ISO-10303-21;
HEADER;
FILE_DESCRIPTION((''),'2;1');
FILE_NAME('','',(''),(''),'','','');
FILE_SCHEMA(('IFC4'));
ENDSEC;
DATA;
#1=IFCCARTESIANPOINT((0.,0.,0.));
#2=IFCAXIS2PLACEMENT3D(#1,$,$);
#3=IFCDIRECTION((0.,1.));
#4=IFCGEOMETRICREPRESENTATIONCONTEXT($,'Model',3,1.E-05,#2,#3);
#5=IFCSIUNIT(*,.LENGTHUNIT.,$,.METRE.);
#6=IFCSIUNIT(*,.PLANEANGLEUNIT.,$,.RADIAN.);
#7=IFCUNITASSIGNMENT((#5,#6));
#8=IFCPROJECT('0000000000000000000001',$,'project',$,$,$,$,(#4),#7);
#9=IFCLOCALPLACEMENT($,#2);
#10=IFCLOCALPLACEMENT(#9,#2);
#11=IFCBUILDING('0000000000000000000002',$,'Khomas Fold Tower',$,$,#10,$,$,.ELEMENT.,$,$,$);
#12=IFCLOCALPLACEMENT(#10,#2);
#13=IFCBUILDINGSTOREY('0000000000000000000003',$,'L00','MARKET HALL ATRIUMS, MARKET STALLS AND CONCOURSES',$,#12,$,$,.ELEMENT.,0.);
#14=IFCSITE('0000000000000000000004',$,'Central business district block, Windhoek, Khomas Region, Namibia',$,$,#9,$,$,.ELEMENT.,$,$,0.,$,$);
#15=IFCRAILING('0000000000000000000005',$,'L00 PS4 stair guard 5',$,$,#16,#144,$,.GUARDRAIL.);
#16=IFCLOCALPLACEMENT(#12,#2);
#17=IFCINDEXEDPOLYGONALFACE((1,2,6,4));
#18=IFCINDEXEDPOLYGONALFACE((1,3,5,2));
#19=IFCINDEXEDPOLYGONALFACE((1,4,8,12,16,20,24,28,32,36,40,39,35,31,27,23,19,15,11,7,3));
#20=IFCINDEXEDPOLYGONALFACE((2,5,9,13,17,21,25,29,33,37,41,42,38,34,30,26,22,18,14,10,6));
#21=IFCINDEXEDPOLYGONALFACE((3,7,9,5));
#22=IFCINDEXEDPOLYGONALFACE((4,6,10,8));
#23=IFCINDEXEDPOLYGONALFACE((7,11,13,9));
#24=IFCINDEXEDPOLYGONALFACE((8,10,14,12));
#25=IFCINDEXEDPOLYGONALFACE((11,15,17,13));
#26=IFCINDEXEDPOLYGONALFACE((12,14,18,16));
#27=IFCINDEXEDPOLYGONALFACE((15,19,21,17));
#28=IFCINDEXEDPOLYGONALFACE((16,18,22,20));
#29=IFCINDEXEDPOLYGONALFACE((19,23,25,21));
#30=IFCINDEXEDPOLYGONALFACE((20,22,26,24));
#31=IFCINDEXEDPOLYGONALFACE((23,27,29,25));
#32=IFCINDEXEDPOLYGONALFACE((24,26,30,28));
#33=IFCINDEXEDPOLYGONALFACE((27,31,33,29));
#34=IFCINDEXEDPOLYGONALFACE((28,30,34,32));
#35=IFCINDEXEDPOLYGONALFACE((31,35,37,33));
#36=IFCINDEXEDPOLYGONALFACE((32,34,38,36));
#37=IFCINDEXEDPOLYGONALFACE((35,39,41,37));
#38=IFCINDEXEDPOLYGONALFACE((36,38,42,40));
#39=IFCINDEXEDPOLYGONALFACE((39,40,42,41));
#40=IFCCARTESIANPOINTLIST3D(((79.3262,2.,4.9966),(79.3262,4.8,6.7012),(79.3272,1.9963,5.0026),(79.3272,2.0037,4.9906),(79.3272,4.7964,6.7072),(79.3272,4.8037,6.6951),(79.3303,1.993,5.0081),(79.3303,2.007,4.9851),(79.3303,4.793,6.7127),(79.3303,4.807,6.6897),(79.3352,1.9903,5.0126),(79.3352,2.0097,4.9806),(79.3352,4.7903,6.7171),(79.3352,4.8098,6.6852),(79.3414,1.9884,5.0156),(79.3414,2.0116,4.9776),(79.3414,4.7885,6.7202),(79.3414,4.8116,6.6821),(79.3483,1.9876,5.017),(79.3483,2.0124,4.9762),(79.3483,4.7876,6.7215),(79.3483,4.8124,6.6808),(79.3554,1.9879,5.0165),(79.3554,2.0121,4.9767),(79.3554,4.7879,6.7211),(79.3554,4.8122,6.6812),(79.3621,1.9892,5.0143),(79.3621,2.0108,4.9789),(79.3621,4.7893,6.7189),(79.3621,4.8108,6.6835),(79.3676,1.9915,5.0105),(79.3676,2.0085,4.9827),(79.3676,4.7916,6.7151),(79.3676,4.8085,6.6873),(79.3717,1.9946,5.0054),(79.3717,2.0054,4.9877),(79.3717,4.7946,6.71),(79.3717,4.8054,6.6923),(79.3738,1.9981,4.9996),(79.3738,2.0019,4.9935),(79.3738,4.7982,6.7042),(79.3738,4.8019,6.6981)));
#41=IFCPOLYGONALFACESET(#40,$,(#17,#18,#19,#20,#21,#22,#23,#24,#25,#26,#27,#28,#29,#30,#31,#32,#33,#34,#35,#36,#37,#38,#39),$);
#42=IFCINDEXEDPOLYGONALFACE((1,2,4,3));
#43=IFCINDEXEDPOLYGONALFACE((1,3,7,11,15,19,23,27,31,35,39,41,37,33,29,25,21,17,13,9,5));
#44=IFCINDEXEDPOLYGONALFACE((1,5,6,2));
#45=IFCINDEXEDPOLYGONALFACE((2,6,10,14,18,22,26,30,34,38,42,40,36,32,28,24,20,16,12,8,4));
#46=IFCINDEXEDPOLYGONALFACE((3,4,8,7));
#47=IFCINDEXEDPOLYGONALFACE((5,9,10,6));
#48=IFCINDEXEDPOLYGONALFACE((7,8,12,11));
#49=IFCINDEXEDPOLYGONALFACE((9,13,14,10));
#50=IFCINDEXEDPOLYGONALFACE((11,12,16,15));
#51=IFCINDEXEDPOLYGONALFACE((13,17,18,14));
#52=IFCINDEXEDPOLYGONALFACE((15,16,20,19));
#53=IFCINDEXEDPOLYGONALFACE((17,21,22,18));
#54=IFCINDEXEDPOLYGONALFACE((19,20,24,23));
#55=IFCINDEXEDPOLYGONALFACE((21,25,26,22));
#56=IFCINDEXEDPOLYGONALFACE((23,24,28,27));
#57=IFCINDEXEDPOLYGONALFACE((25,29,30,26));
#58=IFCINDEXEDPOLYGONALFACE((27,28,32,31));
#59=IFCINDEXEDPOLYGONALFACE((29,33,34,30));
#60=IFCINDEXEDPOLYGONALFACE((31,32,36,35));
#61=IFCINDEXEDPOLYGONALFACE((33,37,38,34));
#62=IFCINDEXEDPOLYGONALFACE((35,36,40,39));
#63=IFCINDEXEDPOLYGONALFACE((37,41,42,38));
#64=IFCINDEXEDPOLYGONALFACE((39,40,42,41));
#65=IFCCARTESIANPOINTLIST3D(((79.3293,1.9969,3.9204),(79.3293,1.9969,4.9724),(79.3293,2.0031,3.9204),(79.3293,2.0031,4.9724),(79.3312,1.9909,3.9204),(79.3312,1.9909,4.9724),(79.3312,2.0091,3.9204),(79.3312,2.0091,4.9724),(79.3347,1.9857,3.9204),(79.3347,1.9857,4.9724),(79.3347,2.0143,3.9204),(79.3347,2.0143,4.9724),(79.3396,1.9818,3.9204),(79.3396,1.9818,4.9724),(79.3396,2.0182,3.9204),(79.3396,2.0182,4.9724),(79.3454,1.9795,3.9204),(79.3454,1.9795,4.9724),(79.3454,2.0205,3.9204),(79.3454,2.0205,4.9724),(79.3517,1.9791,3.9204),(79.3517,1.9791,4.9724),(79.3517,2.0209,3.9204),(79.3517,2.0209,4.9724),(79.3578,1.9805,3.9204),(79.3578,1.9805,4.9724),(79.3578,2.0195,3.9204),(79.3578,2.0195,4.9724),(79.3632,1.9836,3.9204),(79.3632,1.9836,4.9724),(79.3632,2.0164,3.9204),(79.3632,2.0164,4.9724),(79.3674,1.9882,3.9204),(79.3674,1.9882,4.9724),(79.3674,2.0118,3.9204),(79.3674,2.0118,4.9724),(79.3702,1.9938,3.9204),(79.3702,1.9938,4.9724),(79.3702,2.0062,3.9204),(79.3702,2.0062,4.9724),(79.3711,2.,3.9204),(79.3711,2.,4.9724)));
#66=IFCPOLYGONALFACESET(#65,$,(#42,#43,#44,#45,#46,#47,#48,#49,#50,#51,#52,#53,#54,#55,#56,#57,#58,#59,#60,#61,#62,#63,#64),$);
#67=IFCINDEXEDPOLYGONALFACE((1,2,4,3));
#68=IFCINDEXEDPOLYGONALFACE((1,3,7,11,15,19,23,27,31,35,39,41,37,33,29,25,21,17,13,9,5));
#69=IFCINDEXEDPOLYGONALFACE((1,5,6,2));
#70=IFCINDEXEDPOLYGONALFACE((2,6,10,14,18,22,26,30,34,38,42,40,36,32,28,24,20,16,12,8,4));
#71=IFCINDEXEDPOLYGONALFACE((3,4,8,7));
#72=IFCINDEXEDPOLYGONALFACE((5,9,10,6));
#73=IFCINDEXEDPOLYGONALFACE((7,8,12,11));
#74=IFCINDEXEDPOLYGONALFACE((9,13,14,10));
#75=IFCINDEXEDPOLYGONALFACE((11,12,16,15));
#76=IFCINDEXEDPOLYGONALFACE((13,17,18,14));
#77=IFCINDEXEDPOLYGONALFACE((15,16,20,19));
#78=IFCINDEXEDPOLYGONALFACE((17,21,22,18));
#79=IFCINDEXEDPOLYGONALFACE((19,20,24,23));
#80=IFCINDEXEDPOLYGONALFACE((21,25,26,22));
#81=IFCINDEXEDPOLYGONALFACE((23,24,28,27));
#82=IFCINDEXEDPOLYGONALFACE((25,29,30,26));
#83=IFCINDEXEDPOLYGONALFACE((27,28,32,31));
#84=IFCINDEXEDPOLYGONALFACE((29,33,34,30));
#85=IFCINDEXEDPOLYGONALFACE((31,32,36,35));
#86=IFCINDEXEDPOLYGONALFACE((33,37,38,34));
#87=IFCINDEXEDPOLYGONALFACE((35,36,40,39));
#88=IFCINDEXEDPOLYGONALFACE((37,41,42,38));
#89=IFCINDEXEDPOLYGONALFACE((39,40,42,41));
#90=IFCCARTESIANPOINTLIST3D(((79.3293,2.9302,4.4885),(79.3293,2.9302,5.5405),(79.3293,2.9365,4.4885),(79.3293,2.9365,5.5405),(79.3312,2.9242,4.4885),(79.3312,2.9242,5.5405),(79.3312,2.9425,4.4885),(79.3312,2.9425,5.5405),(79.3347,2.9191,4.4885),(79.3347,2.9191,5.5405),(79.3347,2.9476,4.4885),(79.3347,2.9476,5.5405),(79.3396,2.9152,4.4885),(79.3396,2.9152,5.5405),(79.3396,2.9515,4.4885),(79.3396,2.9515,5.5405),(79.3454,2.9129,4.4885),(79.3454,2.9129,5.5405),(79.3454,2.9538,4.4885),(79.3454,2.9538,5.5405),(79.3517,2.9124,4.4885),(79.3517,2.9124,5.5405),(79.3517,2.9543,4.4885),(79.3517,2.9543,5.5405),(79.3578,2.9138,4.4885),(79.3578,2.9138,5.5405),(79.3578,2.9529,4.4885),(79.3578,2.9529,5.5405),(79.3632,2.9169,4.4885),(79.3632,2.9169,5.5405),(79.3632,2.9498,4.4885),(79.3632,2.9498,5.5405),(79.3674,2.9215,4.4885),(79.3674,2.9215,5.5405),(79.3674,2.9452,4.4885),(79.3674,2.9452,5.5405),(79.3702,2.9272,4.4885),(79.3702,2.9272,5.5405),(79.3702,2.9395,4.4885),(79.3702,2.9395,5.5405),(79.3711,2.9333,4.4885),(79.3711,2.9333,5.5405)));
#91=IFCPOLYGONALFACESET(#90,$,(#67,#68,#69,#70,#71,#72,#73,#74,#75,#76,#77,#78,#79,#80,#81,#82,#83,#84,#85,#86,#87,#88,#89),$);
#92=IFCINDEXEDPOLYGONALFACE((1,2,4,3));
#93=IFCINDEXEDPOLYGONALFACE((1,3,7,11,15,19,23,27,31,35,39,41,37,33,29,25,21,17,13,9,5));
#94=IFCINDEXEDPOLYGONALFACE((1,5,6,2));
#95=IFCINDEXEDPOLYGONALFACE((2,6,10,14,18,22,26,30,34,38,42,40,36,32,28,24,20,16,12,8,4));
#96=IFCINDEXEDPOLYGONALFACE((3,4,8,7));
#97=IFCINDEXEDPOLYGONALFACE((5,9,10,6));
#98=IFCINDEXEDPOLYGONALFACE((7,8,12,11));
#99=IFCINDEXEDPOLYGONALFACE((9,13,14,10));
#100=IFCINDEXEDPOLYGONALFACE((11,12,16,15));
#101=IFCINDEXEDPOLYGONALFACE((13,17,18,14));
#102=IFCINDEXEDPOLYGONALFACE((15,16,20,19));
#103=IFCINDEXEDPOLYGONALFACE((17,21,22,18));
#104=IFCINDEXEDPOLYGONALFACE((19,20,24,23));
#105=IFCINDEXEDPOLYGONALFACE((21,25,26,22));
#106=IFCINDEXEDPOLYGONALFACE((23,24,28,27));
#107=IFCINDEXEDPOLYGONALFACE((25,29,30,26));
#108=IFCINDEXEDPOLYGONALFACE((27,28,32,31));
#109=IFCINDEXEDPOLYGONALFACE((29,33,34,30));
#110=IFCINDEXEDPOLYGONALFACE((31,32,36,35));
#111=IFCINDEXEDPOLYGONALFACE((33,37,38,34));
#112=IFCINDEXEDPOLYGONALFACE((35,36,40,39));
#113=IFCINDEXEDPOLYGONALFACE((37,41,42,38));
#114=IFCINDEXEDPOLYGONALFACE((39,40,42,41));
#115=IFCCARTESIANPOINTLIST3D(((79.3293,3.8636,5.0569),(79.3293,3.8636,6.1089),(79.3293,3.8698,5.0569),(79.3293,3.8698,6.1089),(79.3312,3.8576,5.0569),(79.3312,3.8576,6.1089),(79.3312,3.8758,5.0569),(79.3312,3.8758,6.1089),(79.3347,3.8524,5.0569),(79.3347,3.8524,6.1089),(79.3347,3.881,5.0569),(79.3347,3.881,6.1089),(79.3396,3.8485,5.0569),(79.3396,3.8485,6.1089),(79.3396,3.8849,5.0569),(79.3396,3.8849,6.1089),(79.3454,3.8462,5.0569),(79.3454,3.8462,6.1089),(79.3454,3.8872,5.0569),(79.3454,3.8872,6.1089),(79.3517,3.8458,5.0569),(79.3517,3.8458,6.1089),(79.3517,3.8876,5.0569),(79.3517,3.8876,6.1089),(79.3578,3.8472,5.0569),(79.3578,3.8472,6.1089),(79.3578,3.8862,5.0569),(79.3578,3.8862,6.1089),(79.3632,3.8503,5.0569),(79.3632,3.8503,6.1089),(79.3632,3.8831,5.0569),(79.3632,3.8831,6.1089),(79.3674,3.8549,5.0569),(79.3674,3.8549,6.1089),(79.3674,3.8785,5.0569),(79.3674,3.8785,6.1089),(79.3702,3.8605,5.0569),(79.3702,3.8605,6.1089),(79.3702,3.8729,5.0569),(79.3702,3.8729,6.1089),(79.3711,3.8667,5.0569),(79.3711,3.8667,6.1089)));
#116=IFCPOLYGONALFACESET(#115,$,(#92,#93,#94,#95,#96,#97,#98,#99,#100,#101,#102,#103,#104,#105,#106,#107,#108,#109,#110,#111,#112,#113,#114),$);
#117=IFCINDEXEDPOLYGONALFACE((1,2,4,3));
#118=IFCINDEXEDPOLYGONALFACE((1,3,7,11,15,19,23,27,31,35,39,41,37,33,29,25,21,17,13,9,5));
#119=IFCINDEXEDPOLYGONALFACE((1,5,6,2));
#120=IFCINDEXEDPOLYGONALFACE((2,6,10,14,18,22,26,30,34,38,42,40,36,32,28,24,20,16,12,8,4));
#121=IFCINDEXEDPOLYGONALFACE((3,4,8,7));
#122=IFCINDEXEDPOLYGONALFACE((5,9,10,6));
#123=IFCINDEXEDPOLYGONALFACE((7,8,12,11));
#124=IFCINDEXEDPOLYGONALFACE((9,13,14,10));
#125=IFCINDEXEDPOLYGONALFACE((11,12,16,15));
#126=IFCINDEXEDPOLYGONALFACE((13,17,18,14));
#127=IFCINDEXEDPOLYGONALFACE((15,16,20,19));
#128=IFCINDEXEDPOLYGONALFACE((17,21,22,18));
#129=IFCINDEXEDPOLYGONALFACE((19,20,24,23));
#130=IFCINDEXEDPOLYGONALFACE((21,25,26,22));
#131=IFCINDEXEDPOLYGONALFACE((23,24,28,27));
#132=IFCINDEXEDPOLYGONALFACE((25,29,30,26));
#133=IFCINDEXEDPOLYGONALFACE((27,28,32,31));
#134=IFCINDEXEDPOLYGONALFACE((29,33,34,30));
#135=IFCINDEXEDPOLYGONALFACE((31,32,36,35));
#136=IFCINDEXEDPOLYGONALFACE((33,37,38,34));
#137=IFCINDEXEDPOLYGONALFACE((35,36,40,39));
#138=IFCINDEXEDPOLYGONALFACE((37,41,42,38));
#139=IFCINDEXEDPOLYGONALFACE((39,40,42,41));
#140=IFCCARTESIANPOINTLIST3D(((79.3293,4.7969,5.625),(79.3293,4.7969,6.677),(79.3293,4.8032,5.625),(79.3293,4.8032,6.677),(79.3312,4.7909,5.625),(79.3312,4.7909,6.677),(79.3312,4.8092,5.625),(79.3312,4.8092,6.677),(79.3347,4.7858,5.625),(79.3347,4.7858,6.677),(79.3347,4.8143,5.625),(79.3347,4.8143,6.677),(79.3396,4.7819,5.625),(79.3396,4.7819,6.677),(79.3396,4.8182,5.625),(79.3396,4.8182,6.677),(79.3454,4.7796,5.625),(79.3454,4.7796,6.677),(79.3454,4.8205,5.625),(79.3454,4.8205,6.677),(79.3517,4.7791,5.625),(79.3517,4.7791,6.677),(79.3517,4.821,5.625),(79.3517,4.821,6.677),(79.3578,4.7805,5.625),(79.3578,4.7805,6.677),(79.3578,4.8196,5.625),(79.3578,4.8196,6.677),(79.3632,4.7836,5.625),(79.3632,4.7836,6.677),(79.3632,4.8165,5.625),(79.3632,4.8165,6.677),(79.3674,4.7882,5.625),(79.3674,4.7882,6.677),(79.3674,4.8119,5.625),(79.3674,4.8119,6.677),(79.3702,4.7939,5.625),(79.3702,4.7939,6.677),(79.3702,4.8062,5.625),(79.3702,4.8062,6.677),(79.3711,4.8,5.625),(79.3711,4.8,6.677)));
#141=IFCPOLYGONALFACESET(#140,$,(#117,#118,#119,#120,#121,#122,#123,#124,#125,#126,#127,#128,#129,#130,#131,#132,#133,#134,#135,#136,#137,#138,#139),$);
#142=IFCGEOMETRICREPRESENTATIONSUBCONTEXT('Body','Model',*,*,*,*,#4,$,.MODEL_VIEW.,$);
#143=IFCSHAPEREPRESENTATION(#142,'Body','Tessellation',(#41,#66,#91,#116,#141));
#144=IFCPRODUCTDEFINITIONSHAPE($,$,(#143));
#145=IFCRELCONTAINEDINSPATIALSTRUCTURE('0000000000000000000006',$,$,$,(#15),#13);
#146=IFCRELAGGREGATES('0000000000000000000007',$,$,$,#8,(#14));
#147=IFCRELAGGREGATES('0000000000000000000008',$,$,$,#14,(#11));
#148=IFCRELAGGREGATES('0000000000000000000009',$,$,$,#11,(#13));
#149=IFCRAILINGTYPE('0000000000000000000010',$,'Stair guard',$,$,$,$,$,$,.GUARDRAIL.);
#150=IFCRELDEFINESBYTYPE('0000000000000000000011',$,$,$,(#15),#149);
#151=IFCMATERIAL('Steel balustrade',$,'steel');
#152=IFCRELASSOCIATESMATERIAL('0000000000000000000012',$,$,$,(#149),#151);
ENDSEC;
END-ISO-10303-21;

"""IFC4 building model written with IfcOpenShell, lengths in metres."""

from ifc_helpers import new_model, si_unit, direction, frame, origin, origin_2d, place, context, subcontext, project, spatial, circle, extrude, source, transform, mapped, material, type_object, element, save


model = new_model("IFC4")

# Units and contexts
model_context = context("Model", 3, precision=1e-05, world=origin(), true_north=direction((0.0, 1.0)))
body_context = subcontext(model_context, "Body", "Model", "MODEL_VIEW")
ifc_project = project(units=[si_unit("LENGTHUNIT", "METRE"), si_unit("PLANEANGLEUNIT", "RADIAN")], contexts=[model_context])

# Site, building, storey
site_placement = place(None, origin())
site = spatial("IfcSite", under=ifc_project, at=site_placement, Name="Central business district block, Windhoek, Khomas Region, Namibia", CompositionType="ELEMENT", RefElevation=0.0)
building_placement = place(site_placement, origin())
building = spatial("IfcBuilding", under=site, at=building_placement, Name="Khomas Fold Tower", CompositionType="ELEMENT")
storey_placement = place(building_placement, origin())
storey = spatial("IfcBuildingStorey", under=building, at=storey_placement, Name="L00", Description="MARKET HALL ATRIUMS, MARKET STALLS AND CONCOURSES", CompositionType="ELEMENT", Elevation=0.0)

# Railing
ifc_material_1 = material(Name="Steel balustrade", Category="steel")
railing_type_1 = type_object("IfcRailingType", Name="Stair guard", PredefinedType="GUARDRAIL", material=ifc_material_1)
shared_shape_1 = source(origin(), body_context, "Body", "SweptSolid", [
    extrude(circle(Radius=0.0239, at=origin_2d()), frame((0.0, 0.0, 1.0762), z_axis=(0.0, 0.85417, 0.519994), x_axis=(-1.0, 0.0, 0.0)), (0.0, 0.0, 1.0), 3.2781),
    extrude(circle(Radius=0.021, at=origin_2d()), origin(), (0.0, 0.0, 1.0), 1.052),
    extrude(circle(Radius=0.021, at=origin_2d()), frame((0.0, 0.9333, 0.5681)), (0.0, 0.0, 1.0), 1.052),
    extrude(circle(Radius=0.021, at=origin_2d()), frame((0.0, 1.8667, 1.1365)), (0.0, 0.0, 1.0), 1.052),
    extrude(circle(Radius=0.021, at=origin_2d()), frame((0.0, 2.8, 1.7046)), (0.0, 0.0, 1.0), 1.052),
])
for number, where, name in (
    (1, (79.3501, 2.0, 3.9204), "L00 PS4 stair guard 5"),
):
    element("IfcRailing", number, at=place(storey_placement, frame(where)), inside=storey, type_object=railing_type_1, Name=name, PredefinedType="GUARDRAIL", context=body_context, shape_type="MappedRepresentation", body=[
        mapped(shared_shape_1, transform((0.0, 0.0, 0.0))),
    ])

save(model, "model.ifc")
